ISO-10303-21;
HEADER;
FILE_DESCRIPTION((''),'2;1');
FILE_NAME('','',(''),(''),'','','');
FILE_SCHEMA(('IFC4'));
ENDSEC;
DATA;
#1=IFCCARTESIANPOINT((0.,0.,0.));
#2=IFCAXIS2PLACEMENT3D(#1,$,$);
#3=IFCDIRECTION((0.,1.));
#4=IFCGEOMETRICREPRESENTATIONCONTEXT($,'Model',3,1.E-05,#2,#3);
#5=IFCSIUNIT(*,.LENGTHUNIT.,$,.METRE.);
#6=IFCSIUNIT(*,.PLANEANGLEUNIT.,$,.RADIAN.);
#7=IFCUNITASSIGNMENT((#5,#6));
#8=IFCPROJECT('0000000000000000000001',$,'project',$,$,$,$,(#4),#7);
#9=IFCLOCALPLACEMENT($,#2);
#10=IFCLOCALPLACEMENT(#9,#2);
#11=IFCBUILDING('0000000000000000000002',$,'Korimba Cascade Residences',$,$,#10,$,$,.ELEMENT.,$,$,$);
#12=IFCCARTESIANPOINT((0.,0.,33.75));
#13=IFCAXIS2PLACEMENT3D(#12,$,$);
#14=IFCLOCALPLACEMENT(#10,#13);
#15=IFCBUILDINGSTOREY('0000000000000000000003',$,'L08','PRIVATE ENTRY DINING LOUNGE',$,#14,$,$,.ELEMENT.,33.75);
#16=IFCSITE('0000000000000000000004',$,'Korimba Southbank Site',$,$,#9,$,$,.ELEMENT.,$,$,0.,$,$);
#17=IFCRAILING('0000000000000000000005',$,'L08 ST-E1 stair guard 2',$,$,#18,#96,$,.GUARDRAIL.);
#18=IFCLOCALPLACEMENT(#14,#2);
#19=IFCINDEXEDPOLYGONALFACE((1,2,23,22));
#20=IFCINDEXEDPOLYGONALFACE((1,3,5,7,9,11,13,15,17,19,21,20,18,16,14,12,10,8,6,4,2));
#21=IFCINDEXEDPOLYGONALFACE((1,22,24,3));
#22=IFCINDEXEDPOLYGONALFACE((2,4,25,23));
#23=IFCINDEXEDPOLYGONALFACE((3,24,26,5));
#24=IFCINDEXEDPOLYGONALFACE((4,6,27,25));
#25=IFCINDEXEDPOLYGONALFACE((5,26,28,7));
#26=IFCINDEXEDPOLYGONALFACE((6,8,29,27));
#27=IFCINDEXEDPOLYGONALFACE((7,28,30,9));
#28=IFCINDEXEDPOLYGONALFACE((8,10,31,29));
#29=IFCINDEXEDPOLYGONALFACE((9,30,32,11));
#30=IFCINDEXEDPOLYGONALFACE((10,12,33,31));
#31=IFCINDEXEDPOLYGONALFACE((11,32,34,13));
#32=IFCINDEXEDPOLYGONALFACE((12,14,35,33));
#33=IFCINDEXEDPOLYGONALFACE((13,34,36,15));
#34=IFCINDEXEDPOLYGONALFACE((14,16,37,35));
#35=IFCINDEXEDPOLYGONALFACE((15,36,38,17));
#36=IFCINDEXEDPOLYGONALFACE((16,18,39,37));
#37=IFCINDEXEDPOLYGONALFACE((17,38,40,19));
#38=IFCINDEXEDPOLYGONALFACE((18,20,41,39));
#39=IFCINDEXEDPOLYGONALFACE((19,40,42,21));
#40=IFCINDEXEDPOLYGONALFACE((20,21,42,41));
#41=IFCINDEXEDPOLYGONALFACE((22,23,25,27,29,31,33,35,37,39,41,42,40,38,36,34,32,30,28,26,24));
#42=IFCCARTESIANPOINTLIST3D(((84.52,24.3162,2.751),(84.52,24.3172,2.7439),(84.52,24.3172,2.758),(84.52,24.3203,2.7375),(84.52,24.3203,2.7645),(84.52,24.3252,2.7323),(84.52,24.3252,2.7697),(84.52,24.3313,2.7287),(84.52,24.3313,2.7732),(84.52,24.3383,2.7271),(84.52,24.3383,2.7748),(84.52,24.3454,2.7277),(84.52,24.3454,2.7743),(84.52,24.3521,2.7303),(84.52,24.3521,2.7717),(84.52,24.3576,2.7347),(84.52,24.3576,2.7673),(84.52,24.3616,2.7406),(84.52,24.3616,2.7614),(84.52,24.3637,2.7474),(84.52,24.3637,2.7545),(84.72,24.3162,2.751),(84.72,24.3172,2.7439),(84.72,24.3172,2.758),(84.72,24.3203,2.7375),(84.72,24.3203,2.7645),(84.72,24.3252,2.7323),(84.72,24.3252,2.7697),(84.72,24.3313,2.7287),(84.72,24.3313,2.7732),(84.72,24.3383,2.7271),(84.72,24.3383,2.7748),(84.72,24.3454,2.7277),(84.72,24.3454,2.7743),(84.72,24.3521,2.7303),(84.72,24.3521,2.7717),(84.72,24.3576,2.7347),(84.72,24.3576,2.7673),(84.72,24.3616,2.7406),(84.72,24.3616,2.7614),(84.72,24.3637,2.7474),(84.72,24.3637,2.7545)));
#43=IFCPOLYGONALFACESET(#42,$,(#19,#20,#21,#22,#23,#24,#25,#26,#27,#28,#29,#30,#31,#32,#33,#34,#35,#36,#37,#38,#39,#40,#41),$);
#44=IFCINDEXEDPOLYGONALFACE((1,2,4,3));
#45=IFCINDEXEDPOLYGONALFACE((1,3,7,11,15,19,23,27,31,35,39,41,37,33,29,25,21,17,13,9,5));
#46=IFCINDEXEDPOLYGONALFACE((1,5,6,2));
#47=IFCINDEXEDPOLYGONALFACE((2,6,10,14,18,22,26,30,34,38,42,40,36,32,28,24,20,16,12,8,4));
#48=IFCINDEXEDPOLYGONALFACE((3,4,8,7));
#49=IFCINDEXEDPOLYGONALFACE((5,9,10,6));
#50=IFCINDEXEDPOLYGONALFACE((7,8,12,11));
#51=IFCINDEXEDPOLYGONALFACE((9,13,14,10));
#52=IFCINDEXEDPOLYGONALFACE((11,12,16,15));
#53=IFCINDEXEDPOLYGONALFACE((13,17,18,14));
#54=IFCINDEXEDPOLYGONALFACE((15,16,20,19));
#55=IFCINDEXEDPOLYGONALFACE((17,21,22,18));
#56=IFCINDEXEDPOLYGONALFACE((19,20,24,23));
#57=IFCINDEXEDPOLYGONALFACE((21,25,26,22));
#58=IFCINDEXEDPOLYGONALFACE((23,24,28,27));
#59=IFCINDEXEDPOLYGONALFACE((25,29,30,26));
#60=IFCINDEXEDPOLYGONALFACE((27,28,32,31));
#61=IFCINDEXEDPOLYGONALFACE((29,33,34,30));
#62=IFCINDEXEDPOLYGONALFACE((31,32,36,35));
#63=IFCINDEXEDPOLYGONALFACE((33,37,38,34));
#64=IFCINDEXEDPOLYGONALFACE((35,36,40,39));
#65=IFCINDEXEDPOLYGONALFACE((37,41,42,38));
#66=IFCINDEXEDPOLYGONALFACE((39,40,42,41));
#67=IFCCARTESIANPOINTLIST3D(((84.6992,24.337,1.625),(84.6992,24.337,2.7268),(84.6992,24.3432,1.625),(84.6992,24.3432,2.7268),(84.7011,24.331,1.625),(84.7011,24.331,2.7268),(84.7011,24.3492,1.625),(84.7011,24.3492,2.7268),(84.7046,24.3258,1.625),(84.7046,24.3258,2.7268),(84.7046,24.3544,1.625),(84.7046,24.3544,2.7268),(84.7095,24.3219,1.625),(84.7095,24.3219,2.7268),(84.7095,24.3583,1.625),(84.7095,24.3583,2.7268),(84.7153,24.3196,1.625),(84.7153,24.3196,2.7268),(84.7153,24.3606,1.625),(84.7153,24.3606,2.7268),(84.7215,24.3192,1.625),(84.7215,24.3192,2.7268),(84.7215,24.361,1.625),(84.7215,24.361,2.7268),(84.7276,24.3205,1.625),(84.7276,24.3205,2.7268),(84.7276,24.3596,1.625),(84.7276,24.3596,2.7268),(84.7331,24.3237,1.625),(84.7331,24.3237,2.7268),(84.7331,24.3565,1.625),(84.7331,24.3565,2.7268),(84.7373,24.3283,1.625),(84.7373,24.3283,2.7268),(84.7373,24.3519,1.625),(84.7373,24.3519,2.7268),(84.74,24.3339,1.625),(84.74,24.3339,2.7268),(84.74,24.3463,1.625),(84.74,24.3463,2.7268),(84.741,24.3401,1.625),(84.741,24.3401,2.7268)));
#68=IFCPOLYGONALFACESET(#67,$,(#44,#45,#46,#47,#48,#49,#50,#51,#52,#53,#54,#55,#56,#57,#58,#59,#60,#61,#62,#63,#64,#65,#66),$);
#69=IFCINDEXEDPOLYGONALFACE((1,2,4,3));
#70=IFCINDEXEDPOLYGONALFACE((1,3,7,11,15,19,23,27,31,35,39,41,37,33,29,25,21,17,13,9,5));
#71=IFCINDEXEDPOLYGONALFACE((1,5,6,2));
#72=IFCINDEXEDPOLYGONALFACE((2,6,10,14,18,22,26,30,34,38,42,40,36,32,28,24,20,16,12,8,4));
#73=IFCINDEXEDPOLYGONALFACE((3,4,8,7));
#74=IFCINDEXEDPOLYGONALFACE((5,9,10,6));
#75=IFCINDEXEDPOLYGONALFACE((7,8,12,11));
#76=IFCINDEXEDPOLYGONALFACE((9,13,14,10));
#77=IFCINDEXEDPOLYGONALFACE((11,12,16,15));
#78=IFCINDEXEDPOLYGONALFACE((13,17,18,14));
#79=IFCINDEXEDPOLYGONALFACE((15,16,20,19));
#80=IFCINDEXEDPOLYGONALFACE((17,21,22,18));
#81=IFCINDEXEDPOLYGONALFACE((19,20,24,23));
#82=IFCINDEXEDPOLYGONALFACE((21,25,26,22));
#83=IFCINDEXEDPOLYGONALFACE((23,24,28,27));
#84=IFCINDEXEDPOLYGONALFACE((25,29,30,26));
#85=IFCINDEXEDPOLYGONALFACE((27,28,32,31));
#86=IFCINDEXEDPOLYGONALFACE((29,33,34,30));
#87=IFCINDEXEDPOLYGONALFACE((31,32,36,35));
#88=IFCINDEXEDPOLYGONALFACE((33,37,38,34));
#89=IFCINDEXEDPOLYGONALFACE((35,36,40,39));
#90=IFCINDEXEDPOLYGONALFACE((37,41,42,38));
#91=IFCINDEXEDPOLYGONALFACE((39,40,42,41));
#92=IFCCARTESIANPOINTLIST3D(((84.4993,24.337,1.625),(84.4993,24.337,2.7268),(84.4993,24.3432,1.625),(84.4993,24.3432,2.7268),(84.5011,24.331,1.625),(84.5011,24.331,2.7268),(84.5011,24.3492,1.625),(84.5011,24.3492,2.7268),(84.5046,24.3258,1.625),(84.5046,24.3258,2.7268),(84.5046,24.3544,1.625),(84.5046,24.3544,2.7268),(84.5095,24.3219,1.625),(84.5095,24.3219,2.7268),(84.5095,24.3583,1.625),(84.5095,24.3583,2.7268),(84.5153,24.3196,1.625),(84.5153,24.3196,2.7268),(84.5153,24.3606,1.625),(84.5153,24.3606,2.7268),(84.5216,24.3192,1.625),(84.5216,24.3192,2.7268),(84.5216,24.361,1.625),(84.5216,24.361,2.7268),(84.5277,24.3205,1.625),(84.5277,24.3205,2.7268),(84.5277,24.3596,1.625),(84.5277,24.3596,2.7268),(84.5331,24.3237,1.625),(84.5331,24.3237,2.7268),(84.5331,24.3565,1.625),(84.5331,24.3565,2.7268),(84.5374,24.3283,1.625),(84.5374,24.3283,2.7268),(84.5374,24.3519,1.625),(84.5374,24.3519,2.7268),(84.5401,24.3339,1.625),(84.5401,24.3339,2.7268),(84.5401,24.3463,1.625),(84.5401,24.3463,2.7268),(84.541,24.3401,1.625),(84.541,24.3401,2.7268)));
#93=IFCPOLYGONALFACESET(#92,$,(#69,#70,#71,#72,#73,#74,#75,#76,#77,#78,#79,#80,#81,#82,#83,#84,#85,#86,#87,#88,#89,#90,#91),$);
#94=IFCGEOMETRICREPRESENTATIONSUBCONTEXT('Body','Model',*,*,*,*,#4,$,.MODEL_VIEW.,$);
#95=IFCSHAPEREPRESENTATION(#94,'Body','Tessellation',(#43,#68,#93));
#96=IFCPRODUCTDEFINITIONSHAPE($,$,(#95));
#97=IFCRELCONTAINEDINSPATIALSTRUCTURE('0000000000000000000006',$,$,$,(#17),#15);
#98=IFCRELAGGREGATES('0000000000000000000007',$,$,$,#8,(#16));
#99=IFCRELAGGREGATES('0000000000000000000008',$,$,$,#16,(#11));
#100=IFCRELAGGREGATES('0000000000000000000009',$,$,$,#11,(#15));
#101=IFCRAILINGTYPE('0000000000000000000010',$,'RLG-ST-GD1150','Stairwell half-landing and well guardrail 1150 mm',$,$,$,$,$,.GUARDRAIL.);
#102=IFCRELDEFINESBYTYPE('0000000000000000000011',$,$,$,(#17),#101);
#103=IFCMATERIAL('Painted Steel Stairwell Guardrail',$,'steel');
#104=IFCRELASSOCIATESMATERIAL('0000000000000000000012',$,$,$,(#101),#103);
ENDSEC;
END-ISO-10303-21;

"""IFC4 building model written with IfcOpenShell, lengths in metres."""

from ifc_helpers import new_model, si_unit, direction, frame, origin, origin_2d, place, context, subcontext, project, spatial, circle, extrude, material, type_object, element, save


model = new_model("IFC4")

# Units and contexts
model_context = context("Model", 3, precision=1e-05, world=origin(), true_north=direction((0.0, 1.0)))
body_context = subcontext(model_context, "Body", "Model", "MODEL_VIEW")
ifc_project = project(units=[si_unit("LENGTHUNIT", "METRE"), si_unit("PLANEANGLEUNIT", "RADIAN")], contexts=[model_context])

# Site, building, storey
site_placement = place(None, origin())
site = spatial("IfcSite", under=ifc_project, at=site_placement, Name="Korimba Southbank Site", CompositionType="ELEMENT", RefElevation=0.0)
building_placement = place(site_placement, origin())
building = spatial("IfcBuilding", under=site, at=building_placement, Name="Korimba Cascade Residences", CompositionType="ELEMENT")
storey_placement = place(building_placement, frame((0.0, 0.0, 33.75)))
storey = spatial("IfcBuildingStorey", under=building, at=storey_placement, Name="L08", Description="PRIVATE ENTRY DINING LOUNGE", CompositionType="ELEMENT", Elevation=33.75)

# Railing
ifc_material_1 = material(Name="Painted Steel Stairwell Guardrail", Category="steel")
railing_type_1 = type_object("IfcRailingType", Name="RLG-ST-GD1150", Description="Stairwell half-landing and well guardrail 1150 mm", PredefinedType="GUARDRAIL", material=ifc_material_1)
railing_1_placement = place(storey_placement, frame((84.72, 24.3401, 1.625)))
element("IfcRailing", 1, at=railing_1_placement, inside=storey, type_object=railing_type_1, Name="L08 ST-E1 stair guard 2", PredefinedType="GUARDRAIL", context=body_context, shape_type="SweptSolid", body=[
    extrude(circle(Radius=0.0239, at=origin_2d()), frame((0.0, 0.0, 1.126), z_axis=(-1.0, 0.0, 0.0), x_axis=(0.0, -1.0, 0.0)), (0.0, 0.0, 1.0), 0.2),
    extrude(circle(Radius=0.021, at=origin_2d()), origin(), (0.0, 0.0, 1.0), 1.1018),
    extrude(circle(Radius=0.021, at=origin_2d()), frame((-0.2, 0.0, 0.0)), (0.0, 0.0, 1.0), 1.1018),
])

save(model, "model.ifc")
